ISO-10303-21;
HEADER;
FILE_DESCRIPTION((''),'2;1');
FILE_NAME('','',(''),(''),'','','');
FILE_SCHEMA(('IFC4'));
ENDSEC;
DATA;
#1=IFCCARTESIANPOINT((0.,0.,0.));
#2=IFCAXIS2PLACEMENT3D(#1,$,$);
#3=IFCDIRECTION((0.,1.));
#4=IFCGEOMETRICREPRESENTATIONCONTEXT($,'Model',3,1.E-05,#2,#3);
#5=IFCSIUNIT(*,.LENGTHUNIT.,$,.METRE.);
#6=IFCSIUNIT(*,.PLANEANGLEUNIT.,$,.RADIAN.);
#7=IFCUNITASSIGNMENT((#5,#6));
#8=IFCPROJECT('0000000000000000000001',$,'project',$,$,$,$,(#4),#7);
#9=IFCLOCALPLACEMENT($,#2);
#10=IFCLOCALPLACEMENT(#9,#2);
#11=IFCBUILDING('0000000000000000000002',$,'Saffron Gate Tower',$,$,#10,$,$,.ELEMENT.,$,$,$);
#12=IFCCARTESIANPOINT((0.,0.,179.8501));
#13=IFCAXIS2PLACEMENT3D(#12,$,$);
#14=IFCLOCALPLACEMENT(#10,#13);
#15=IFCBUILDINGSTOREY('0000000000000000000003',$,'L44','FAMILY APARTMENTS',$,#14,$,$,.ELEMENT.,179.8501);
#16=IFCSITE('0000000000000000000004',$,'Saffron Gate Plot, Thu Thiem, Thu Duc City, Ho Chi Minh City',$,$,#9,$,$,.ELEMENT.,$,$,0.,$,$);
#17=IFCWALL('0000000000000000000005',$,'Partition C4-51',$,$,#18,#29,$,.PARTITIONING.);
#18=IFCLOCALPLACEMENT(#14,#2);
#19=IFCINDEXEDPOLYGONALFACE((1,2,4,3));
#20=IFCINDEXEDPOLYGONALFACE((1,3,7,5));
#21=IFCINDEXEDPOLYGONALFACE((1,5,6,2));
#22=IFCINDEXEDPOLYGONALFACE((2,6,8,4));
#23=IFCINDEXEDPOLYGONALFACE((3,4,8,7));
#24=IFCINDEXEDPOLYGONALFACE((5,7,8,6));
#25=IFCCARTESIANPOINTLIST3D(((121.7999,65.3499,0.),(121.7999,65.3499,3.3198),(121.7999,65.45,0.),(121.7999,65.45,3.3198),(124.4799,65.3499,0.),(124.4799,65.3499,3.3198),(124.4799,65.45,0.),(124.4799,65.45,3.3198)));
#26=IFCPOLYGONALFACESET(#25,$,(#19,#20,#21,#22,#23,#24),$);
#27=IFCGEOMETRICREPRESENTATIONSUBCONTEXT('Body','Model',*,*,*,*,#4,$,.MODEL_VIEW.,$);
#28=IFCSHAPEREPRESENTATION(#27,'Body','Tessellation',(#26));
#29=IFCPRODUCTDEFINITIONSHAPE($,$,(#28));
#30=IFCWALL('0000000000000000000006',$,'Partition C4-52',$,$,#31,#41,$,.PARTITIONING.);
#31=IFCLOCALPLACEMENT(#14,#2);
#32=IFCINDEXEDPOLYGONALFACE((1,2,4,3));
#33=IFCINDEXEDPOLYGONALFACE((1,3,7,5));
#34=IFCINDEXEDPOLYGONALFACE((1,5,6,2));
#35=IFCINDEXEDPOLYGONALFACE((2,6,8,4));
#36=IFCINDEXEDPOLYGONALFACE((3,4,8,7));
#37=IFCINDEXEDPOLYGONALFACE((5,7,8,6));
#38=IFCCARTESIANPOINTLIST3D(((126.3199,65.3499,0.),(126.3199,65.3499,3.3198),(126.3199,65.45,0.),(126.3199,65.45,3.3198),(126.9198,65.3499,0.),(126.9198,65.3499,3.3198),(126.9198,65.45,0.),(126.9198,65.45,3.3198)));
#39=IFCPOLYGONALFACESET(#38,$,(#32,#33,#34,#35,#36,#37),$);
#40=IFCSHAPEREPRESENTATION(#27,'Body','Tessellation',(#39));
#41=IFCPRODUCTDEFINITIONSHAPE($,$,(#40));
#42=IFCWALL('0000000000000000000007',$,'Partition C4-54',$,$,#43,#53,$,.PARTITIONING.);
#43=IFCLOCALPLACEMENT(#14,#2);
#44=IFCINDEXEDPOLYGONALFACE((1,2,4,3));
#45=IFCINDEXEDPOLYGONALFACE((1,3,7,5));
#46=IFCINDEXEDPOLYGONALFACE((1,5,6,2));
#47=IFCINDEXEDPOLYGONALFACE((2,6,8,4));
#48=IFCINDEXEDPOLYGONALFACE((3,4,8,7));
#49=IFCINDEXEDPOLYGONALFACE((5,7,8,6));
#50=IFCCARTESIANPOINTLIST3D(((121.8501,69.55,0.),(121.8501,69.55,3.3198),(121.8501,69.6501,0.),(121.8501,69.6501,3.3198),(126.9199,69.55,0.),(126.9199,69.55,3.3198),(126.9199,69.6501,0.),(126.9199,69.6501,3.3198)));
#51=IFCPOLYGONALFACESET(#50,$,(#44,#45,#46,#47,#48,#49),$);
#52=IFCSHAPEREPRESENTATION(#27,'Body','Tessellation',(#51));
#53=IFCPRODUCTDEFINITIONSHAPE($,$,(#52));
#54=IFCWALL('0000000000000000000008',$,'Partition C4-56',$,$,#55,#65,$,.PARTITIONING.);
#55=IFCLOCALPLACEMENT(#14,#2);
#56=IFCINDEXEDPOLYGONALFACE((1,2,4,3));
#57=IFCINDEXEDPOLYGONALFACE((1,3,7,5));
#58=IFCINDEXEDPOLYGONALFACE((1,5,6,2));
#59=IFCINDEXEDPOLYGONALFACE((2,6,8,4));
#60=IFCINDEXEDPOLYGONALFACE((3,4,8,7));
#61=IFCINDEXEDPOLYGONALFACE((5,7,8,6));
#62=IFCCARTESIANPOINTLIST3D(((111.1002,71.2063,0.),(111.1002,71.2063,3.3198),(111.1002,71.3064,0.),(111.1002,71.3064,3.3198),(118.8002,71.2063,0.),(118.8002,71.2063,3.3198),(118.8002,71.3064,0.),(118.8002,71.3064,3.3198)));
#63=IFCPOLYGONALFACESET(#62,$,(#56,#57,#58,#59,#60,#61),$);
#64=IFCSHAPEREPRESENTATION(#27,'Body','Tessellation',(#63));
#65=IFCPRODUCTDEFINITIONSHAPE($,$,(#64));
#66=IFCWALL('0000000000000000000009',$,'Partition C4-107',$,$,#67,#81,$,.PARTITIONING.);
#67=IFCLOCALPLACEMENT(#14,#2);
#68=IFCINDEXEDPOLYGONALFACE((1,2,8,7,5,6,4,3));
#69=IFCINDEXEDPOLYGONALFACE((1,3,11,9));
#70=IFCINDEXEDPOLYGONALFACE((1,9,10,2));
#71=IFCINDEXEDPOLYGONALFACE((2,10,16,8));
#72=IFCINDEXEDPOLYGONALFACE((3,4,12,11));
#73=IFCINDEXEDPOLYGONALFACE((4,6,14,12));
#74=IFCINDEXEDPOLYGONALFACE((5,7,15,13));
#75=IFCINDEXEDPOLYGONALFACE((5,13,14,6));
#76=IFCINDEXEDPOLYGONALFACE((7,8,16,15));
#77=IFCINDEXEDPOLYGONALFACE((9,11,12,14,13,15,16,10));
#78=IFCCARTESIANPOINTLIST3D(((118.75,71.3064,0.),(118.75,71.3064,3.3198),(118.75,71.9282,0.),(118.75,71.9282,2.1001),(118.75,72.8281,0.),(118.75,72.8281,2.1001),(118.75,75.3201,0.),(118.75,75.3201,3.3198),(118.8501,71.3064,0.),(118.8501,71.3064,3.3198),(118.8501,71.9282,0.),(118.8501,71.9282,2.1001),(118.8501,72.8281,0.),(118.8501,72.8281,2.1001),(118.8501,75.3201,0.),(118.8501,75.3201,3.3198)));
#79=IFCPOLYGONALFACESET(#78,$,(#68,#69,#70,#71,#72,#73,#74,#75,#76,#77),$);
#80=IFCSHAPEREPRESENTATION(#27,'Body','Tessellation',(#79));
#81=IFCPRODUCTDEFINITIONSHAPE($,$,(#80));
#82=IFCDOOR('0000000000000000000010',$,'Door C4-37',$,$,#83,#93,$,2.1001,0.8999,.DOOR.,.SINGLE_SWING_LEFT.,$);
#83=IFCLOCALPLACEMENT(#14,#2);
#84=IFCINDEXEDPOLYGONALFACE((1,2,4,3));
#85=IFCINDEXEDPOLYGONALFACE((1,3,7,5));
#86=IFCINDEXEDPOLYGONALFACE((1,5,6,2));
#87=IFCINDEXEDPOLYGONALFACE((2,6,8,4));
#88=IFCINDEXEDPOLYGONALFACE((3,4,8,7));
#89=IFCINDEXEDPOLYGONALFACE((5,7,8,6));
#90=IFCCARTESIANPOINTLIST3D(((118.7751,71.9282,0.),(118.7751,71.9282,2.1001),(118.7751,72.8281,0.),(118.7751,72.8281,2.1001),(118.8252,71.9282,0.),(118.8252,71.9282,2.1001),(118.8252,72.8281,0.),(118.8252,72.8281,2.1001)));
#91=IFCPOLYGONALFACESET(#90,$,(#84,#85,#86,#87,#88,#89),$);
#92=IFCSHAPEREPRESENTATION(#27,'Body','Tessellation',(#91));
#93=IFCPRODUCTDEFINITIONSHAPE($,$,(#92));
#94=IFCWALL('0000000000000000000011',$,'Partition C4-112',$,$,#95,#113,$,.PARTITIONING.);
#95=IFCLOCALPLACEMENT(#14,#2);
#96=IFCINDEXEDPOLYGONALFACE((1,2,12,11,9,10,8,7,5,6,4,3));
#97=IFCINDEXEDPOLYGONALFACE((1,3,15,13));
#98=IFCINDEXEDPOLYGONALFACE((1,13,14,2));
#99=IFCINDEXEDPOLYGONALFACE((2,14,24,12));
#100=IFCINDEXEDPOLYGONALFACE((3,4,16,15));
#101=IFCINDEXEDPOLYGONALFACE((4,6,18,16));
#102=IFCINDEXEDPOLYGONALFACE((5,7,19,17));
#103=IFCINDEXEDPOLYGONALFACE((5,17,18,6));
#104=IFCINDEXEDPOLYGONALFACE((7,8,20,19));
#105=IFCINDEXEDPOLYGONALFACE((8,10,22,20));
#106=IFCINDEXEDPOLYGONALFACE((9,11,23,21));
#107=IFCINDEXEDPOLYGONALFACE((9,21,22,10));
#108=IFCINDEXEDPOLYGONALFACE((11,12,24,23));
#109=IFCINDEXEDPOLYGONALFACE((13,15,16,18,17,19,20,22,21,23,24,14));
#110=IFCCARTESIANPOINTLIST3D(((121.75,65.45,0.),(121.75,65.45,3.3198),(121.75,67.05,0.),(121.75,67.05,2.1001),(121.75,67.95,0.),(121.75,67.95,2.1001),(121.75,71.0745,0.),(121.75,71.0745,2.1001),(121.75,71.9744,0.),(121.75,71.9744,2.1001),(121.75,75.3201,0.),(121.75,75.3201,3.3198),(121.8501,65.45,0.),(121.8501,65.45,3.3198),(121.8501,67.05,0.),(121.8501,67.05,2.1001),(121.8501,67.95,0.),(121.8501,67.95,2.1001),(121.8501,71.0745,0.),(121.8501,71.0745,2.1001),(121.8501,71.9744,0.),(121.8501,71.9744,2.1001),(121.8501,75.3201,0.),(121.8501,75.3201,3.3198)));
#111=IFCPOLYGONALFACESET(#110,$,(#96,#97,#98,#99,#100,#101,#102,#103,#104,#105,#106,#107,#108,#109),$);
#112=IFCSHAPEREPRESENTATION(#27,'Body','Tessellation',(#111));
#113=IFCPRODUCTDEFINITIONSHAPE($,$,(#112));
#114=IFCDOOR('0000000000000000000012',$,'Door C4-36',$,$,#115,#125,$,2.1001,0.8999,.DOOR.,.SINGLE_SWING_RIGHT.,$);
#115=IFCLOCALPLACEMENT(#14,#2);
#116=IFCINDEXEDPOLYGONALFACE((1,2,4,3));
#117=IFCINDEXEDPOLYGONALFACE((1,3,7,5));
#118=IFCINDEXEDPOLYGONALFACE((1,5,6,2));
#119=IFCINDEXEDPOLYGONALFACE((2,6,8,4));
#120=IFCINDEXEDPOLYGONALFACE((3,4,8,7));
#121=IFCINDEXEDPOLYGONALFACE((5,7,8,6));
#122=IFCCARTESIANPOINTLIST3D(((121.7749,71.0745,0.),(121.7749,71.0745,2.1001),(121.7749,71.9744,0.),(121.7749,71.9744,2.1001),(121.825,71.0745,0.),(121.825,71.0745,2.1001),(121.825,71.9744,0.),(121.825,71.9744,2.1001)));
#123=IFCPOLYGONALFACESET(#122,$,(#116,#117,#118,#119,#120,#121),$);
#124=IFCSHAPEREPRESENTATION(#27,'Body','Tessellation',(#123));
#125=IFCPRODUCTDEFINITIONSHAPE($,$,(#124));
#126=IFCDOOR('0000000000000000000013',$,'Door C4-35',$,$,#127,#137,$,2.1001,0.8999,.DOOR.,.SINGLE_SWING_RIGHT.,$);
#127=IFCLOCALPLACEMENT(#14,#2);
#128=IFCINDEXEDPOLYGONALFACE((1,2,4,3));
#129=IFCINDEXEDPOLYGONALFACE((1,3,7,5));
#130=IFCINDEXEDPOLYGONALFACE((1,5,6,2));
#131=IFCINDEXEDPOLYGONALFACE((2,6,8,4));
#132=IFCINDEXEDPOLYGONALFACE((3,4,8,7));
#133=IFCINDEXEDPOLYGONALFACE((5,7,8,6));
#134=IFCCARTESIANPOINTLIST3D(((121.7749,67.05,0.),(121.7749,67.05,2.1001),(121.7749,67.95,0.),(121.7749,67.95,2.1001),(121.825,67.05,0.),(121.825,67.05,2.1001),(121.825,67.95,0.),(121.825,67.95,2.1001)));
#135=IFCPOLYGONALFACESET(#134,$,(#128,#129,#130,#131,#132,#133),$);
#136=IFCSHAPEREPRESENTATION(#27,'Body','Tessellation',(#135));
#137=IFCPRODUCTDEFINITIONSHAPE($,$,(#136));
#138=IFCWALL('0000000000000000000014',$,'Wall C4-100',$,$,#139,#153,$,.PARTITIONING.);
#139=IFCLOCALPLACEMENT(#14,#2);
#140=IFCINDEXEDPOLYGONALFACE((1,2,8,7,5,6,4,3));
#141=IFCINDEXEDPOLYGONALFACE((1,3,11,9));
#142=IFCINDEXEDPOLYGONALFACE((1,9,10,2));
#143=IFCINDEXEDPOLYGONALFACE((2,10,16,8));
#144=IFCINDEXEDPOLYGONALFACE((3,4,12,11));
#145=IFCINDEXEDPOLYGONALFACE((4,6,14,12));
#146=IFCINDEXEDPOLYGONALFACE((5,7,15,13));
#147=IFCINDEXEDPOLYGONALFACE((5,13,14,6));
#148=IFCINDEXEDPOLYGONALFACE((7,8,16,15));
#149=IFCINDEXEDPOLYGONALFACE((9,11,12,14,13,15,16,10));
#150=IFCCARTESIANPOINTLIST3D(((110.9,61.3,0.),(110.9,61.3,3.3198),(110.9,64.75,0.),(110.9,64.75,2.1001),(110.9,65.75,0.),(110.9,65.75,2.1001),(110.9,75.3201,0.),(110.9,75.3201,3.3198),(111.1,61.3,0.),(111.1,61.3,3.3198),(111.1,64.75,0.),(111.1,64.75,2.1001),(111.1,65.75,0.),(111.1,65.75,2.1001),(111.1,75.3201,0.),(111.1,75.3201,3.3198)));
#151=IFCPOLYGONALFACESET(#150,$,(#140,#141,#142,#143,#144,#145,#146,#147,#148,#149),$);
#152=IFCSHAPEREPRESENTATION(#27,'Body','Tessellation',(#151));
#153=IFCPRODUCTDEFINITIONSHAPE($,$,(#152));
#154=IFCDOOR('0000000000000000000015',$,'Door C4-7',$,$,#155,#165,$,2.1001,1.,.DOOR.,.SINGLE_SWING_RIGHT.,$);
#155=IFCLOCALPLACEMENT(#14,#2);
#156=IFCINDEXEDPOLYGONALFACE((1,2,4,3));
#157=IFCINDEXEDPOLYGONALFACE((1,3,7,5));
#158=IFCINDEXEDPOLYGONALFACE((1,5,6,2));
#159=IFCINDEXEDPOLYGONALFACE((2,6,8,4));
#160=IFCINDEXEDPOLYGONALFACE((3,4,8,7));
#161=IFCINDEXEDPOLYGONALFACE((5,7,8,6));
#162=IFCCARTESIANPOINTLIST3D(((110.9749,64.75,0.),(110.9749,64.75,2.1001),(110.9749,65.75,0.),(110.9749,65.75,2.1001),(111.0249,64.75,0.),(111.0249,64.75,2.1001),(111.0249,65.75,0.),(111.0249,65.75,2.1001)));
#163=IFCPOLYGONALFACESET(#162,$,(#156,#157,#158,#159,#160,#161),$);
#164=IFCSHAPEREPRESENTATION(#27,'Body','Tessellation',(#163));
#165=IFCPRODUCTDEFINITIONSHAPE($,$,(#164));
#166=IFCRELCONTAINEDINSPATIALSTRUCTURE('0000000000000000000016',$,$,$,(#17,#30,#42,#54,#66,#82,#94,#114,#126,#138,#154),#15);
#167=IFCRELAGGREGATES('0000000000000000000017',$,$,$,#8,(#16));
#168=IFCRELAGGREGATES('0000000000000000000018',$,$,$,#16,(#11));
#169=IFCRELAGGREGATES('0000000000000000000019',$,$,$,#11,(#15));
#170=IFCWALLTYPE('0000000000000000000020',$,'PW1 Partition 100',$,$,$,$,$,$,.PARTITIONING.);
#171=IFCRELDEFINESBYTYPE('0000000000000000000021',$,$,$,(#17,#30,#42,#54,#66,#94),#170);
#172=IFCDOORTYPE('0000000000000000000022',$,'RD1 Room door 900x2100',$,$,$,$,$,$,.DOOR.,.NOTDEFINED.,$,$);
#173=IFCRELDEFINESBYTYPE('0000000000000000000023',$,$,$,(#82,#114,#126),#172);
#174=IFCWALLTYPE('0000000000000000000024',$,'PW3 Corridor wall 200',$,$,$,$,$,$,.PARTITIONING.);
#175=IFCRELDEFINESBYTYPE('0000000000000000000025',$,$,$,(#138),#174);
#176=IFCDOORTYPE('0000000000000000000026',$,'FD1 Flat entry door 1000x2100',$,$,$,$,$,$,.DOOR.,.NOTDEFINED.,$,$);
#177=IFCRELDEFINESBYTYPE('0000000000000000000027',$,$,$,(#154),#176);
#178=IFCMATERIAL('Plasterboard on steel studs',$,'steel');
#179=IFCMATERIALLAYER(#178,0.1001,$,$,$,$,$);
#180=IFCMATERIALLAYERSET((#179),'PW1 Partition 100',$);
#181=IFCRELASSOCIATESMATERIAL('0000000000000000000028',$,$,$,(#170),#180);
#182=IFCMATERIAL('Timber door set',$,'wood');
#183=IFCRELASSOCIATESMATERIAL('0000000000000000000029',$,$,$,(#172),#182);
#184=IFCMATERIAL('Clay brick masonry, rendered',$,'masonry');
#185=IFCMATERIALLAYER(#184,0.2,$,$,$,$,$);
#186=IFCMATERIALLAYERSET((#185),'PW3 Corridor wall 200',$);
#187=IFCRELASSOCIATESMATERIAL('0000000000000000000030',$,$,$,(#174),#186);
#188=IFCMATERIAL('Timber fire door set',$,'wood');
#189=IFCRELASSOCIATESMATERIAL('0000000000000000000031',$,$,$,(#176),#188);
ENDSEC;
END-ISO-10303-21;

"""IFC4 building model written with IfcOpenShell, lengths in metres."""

from ifc_helpers import new_model, si_unit, direction, frame, frame_2d, origin, place, context, subcontext, project, spatial, rectangle, extrude, material, layer, layer_set, type_object, element, fill, save


model = new_model("IFC4")

# Units and contexts
model_context = context("Model", 3, precision=1e-05, world=origin(), true_north=direction((0.0, 1.0)))
body_context = subcontext(model_context, "Body", "Model", "MODEL_VIEW")
ifc_project = project(units=[si_unit("LENGTHUNIT", "METRE"), si_unit("PLANEANGLEUNIT", "RADIAN")], contexts=[model_context])

# Site, building, storey
site_placement = place(None, origin())
site = spatial("IfcSite", under=ifc_project, at=site_placement, Name="Saffron Gate Plot, Thu Thiem, Thu Duc City, Ho Chi Minh City", CompositionType="ELEMENT", RefElevation=0.0)
building_placement = place(site_placement, origin())
building = spatial("IfcBuilding", under=site, at=building_placement, Name="Saffron Gate Tower", CompositionType="ELEMENT")
storey_placement = place(building_placement, frame((0.0, 0.0, 179.8501)))
storey = spatial("IfcBuildingStorey", under=building, at=storey_placement, Name="L44", Description="FAMILY APARTMENTS", CompositionType="ELEMENT", Elevation=179.8501)

# Walls
ifc_material_1 = material(Name="Plasterboard on steel studs", Category="steel")
ifc_layer_1 = layer(ifc_material_1, 0.1001)
ifc_layer_set_1 = layer_set([ifc_layer_1], Name="PW1 Partition 100")
wall_type_1 = type_object("IfcWallType", Name="PW1 Partition 100", PredefinedType="PARTITIONING", material=ifc_layer_set_1)
wall_1_placement = place(storey_placement, frame((121.8, 65.3999, 0.0), z_axis=(0.0, 0.0, 1.0), x_axis=(1.0, 0.0, 0.0)))
element("IfcWall", 1, at=wall_1_placement, inside=storey, type_object=wall_type_1, Name="Partition C4-51", PredefinedType="PARTITIONING", context=body_context, shape_type="SweptSolid", body=[
    extrude(rectangle(XDim=2.6799, YDim=0.1001, at=frame_2d((1.3398, 0.0))), origin(), (0.0, 0.0, 1.0), 3.3198),
])
wall_2_placement = place(storey_placement, frame((126.3201, 65.3999, 0.0), z_axis=(0.0, 0.0, 1.0), x_axis=(1.0, 0.0, 0.0)))
element("IfcWall", 2, at=wall_2_placement, inside=storey, type_object=wall_type_1, Name="Partition C4-52", PredefinedType="PARTITIONING", context=body_context, shape_type="SweptSolid", body=[
    extrude(rectangle(XDim=0.5999, YDim=0.1001, at=frame_2d((0.2998, 0.0))), origin(), (0.0, 0.0, 1.0), 3.3198),
])
wall_3_placement = place(storey_placement, frame((121.8501, 69.6001, 0.0), z_axis=(0.0, 0.0, 1.0), x_axis=(1.0, 0.0, 0.0)))
element("IfcWall", 3, at=wall_3_placement, inside=storey, type_object=wall_type_1, Name="Partition C4-54", PredefinedType="PARTITIONING", context=body_context, shape_type="SweptSolid", body=[
    extrude(rectangle(XDim=5.0698, YDim=0.1001, at=frame_2d((2.5349, 0.0))), origin(), (0.0, 0.0, 1.0), 3.3198),
])
wall_4_placement = place(storey_placement, frame((111.1001, 71.2563, 0.0), z_axis=(0.0, 0.0, 1.0), x_axis=(1.0, 0.0, 0.0)))
element("IfcWall", 4, at=wall_4_placement, inside=storey, type_object=wall_type_1, Name="Partition C4-56", PredefinedType="PARTITIONING", context=body_context, shape_type="SweptSolid", body=[
    extrude(rectangle(XDim=7.7, YDim=0.1001, at=frame_2d((3.8501, 0.0))), origin(), (0.0, 0.0, 1.0), 3.3198),
])

# Wall, opening, door
wall_5_placement = place(storey_placement, frame((118.8, 71.3064, 0.0), z_axis=(0.0, 0.0, 1.0), x_axis=(0.0, 1.0, 0.0)))
wall_5 = element("IfcWall", 5, at=wall_5_placement, inside=storey, type_object=wall_type_1, Name="Partition C4-107", PredefinedType="PARTITIONING", context=body_context, shape_type="SweptSolid", body=[
    extrude(rectangle(XDim=4.0137, YDim=0.1001, at=frame_2d((2.0068, 0.0))), origin(), (0.0, 0.0, 1.0), 3.3198),
])
opening_1_placement = place(wall_5_placement, frame((0.6218, 0.0, 0.0)))
opening_1 = element("IfcOpeningElement", 6, at=opening_1_placement, cuts=wall_5, PredefinedType="OPENING", context=body_context, shape_type="SweptSolid", body=[
    extrude(rectangle(XDim=0.8999, YDim=2.1001, at=frame_2d((0.45, 1.05))), frame((0.0, 0.0601, 0.0), z_axis=(0.0, -1.0, 0.0), x_axis=(1.0, 0.0, 0.0)), (0.0, 0.0, 1.0), 0.1201),
])
ifc_material_2 = material(Name="Timber door set", Category="wood")
door_type_1 = type_object("IfcDoorType", Name="RD1 Room door 900x2100", OperationType="NOTDEFINED", PredefinedType="DOOR", material=ifc_material_2)
door_1_placement = place(opening_1_placement, origin())
door_1 = element("IfcDoor", 7, at=door_1_placement, inside=storey, type_object=door_type_1, Name="Door C4-37", OperationType="SINGLE_SWING_LEFT", OverallHeight=2.1001, OverallWidth=0.8999, PredefinedType="DOOR", context=body_context, shape_type="SweptSolid", body=[
    extrude(rectangle(XDim=0.8999, YDim=2.1001, at=frame_2d((0.45, 1.05))), frame((0.0, 0.0249, 0.0), z_axis=(0.0, -1.0, 0.0), x_axis=(1.0, 0.0, 0.0)), (0.0, 0.0, 1.0), 0.05),
])
fill(opening_1, door_1)

# Wall, openings, doors
wall_6_placement = place(storey_placement, frame((121.8, 75.3201, 0.0), z_axis=(0.0, 0.0, 1.0), x_axis=(0.0, -1.0, 0.0)))
wall_6 = element("IfcWall", 8, at=wall_6_placement, inside=storey, type_object=wall_type_1, Name="Partition C4-112", PredefinedType="PARTITIONING", context=body_context, shape_type="SweptSolid", body=[
    extrude(rectangle(XDim=9.8701, YDim=0.1001, at=frame_2d((4.9351, 0.0))), origin(), (0.0, 0.0, 1.0), 3.3198),
])
opening_2_placement = place(wall_6_placement, frame((3.3457, 0.0, 0.0)))
opening_2 = element("IfcOpeningElement", 9, at=opening_2_placement, cuts=wall_6, PredefinedType="OPENING", context=body_context, shape_type="SweptSolid", body=[
    extrude(rectangle(XDim=0.8999, YDim=2.1001, at=frame_2d((0.45, 1.05))), frame((0.0, 0.0601, 0.0), z_axis=(0.0, -1.0, 0.0), x_axis=(1.0, 0.0, 0.0)), (0.0, 0.0, 1.0), 0.1201),
])
opening_3_placement = place(wall_6_placement, frame((7.3701, 0.0, 0.0)))
opening_3 = element("IfcOpeningElement", 10, at=opening_3_placement, cuts=wall_6, PredefinedType="OPENING", context=body_context, shape_type="SweptSolid", body=[
    extrude(rectangle(XDim=0.8999, YDim=2.1001, at=frame_2d((0.45, 1.05))), frame((0.0, 0.0601, 0.0), z_axis=(0.0, -1.0, 0.0), x_axis=(1.0, 0.0, 0.0)), (0.0, 0.0, 1.0), 0.1201),
])
door_2_placement = place(opening_2_placement, origin())
door_2 = element("IfcDoor", 11, at=door_2_placement, inside=storey, type_object=door_type_1, Name="Door C4-36", OperationType="SINGLE_SWING_RIGHT", OverallHeight=2.1001, OverallWidth=0.8999, PredefinedType="DOOR", context=body_context, shape_type="SweptSolid", body=[
    extrude(rectangle(XDim=0.8999, YDim=2.1001, at=frame_2d((0.45, 1.05))), frame((0.0, 0.0249, 0.0), z_axis=(0.0, -1.0, 0.0), x_axis=(1.0, 0.0, 0.0)), (0.0, 0.0, 1.0), 0.05),
])
fill(opening_2, door_2)
door_3_placement = place(opening_3_placement, origin())
door_3 = element("IfcDoor", 12, at=door_3_placement, inside=storey, type_object=door_type_1, Name="Door C4-35", OperationType="SINGLE_SWING_RIGHT", OverallHeight=2.1001, OverallWidth=0.8999, PredefinedType="DOOR", context=body_context, shape_type="SweptSolid", body=[
    extrude(rectangle(XDim=0.8999, YDim=2.1001, at=frame_2d((0.45, 1.05))), frame((0.0, 0.0249, 0.0), z_axis=(0.0, -1.0, 0.0), x_axis=(1.0, 0.0, 0.0)), (0.0, 0.0, 1.0), 0.05),
])
fill(opening_3, door_3)

# Wall, opening, door
ifc_material_3 = material(Name="Clay brick masonry, rendered", Category="masonry")
ifc_layer_2 = layer(ifc_material_3, 0.2)
ifc_layer_set_2 = layer_set([ifc_layer_2], Name="PW3 Corridor wall 200")
wall_type_2 = type_object("IfcWallType", Name="PW3 Corridor wall 200", PredefinedType="PARTITIONING", material=ifc_layer_set_2)
wall_7_placement = place(storey_placement, frame((111.0, 75.3201, 0.0), z_axis=(0.0, 0.0, 1.0), x_axis=(0.0, -1.0, 0.0)))
wall_7 = element("IfcWall", 13, at=wall_7_placement, inside=storey, type_object=wall_type_2, Name="Wall C4-100", PredefinedType="PARTITIONING", context=body_context, shape_type="SweptSolid", body=[
    extrude(rectangle(XDim=14.02, YDim=0.2, at=frame_2d((7.01, 0.0))), origin(), (0.0, 0.0, 1.0), 3.3198),
])
opening_4_placement = place(wall_7_placement, frame((9.5701, 0.0, 0.0)))
opening_4 = element("IfcOpeningElement", 14, at=opening_4_placement, cuts=wall_7, PredefinedType="OPENING", context=body_context, shape_type="SweptSolid", body=[
    extrude(rectangle(XDim=1.0, YDim=2.1001, at=frame_2d((0.5, 1.05))), frame((0.0, 0.1099, 0.0), z_axis=(0.0, -1.0, 0.0), x_axis=(1.0, 0.0, 0.0)), (0.0, 0.0, 1.0), 0.22),
])
ifc_material_4 = material(Name="Timber fire door set", Category="wood")
door_type_2 = type_object("IfcDoorType", Name="FD1 Flat entry door 1000x2100", OperationType="NOTDEFINED", PredefinedType="DOOR", material=ifc_material_4)
door_4_placement = place(opening_4_placement, origin())
door_4 = element("IfcDoor", 15, at=door_4_placement, inside=storey, type_object=door_type_2, Name="Door C4-7", OperationType="SINGLE_SWING_RIGHT", OverallHeight=2.1001, OverallWidth=1.0, PredefinedType="DOOR", context=body_context, shape_type="SweptSolid", body=[
    extrude(rectangle(XDim=1.0, YDim=2.1001, at=frame_2d((0.5, 1.05))), frame((0.0, 0.0249, 0.0), z_axis=(0.0, -1.0, 0.0), x_axis=(1.0, 0.0, 0.0)), (0.0, 0.0, 1.0), 0.05),
])
fill(opening_4, door_4)

save(model, "model.ifc")
